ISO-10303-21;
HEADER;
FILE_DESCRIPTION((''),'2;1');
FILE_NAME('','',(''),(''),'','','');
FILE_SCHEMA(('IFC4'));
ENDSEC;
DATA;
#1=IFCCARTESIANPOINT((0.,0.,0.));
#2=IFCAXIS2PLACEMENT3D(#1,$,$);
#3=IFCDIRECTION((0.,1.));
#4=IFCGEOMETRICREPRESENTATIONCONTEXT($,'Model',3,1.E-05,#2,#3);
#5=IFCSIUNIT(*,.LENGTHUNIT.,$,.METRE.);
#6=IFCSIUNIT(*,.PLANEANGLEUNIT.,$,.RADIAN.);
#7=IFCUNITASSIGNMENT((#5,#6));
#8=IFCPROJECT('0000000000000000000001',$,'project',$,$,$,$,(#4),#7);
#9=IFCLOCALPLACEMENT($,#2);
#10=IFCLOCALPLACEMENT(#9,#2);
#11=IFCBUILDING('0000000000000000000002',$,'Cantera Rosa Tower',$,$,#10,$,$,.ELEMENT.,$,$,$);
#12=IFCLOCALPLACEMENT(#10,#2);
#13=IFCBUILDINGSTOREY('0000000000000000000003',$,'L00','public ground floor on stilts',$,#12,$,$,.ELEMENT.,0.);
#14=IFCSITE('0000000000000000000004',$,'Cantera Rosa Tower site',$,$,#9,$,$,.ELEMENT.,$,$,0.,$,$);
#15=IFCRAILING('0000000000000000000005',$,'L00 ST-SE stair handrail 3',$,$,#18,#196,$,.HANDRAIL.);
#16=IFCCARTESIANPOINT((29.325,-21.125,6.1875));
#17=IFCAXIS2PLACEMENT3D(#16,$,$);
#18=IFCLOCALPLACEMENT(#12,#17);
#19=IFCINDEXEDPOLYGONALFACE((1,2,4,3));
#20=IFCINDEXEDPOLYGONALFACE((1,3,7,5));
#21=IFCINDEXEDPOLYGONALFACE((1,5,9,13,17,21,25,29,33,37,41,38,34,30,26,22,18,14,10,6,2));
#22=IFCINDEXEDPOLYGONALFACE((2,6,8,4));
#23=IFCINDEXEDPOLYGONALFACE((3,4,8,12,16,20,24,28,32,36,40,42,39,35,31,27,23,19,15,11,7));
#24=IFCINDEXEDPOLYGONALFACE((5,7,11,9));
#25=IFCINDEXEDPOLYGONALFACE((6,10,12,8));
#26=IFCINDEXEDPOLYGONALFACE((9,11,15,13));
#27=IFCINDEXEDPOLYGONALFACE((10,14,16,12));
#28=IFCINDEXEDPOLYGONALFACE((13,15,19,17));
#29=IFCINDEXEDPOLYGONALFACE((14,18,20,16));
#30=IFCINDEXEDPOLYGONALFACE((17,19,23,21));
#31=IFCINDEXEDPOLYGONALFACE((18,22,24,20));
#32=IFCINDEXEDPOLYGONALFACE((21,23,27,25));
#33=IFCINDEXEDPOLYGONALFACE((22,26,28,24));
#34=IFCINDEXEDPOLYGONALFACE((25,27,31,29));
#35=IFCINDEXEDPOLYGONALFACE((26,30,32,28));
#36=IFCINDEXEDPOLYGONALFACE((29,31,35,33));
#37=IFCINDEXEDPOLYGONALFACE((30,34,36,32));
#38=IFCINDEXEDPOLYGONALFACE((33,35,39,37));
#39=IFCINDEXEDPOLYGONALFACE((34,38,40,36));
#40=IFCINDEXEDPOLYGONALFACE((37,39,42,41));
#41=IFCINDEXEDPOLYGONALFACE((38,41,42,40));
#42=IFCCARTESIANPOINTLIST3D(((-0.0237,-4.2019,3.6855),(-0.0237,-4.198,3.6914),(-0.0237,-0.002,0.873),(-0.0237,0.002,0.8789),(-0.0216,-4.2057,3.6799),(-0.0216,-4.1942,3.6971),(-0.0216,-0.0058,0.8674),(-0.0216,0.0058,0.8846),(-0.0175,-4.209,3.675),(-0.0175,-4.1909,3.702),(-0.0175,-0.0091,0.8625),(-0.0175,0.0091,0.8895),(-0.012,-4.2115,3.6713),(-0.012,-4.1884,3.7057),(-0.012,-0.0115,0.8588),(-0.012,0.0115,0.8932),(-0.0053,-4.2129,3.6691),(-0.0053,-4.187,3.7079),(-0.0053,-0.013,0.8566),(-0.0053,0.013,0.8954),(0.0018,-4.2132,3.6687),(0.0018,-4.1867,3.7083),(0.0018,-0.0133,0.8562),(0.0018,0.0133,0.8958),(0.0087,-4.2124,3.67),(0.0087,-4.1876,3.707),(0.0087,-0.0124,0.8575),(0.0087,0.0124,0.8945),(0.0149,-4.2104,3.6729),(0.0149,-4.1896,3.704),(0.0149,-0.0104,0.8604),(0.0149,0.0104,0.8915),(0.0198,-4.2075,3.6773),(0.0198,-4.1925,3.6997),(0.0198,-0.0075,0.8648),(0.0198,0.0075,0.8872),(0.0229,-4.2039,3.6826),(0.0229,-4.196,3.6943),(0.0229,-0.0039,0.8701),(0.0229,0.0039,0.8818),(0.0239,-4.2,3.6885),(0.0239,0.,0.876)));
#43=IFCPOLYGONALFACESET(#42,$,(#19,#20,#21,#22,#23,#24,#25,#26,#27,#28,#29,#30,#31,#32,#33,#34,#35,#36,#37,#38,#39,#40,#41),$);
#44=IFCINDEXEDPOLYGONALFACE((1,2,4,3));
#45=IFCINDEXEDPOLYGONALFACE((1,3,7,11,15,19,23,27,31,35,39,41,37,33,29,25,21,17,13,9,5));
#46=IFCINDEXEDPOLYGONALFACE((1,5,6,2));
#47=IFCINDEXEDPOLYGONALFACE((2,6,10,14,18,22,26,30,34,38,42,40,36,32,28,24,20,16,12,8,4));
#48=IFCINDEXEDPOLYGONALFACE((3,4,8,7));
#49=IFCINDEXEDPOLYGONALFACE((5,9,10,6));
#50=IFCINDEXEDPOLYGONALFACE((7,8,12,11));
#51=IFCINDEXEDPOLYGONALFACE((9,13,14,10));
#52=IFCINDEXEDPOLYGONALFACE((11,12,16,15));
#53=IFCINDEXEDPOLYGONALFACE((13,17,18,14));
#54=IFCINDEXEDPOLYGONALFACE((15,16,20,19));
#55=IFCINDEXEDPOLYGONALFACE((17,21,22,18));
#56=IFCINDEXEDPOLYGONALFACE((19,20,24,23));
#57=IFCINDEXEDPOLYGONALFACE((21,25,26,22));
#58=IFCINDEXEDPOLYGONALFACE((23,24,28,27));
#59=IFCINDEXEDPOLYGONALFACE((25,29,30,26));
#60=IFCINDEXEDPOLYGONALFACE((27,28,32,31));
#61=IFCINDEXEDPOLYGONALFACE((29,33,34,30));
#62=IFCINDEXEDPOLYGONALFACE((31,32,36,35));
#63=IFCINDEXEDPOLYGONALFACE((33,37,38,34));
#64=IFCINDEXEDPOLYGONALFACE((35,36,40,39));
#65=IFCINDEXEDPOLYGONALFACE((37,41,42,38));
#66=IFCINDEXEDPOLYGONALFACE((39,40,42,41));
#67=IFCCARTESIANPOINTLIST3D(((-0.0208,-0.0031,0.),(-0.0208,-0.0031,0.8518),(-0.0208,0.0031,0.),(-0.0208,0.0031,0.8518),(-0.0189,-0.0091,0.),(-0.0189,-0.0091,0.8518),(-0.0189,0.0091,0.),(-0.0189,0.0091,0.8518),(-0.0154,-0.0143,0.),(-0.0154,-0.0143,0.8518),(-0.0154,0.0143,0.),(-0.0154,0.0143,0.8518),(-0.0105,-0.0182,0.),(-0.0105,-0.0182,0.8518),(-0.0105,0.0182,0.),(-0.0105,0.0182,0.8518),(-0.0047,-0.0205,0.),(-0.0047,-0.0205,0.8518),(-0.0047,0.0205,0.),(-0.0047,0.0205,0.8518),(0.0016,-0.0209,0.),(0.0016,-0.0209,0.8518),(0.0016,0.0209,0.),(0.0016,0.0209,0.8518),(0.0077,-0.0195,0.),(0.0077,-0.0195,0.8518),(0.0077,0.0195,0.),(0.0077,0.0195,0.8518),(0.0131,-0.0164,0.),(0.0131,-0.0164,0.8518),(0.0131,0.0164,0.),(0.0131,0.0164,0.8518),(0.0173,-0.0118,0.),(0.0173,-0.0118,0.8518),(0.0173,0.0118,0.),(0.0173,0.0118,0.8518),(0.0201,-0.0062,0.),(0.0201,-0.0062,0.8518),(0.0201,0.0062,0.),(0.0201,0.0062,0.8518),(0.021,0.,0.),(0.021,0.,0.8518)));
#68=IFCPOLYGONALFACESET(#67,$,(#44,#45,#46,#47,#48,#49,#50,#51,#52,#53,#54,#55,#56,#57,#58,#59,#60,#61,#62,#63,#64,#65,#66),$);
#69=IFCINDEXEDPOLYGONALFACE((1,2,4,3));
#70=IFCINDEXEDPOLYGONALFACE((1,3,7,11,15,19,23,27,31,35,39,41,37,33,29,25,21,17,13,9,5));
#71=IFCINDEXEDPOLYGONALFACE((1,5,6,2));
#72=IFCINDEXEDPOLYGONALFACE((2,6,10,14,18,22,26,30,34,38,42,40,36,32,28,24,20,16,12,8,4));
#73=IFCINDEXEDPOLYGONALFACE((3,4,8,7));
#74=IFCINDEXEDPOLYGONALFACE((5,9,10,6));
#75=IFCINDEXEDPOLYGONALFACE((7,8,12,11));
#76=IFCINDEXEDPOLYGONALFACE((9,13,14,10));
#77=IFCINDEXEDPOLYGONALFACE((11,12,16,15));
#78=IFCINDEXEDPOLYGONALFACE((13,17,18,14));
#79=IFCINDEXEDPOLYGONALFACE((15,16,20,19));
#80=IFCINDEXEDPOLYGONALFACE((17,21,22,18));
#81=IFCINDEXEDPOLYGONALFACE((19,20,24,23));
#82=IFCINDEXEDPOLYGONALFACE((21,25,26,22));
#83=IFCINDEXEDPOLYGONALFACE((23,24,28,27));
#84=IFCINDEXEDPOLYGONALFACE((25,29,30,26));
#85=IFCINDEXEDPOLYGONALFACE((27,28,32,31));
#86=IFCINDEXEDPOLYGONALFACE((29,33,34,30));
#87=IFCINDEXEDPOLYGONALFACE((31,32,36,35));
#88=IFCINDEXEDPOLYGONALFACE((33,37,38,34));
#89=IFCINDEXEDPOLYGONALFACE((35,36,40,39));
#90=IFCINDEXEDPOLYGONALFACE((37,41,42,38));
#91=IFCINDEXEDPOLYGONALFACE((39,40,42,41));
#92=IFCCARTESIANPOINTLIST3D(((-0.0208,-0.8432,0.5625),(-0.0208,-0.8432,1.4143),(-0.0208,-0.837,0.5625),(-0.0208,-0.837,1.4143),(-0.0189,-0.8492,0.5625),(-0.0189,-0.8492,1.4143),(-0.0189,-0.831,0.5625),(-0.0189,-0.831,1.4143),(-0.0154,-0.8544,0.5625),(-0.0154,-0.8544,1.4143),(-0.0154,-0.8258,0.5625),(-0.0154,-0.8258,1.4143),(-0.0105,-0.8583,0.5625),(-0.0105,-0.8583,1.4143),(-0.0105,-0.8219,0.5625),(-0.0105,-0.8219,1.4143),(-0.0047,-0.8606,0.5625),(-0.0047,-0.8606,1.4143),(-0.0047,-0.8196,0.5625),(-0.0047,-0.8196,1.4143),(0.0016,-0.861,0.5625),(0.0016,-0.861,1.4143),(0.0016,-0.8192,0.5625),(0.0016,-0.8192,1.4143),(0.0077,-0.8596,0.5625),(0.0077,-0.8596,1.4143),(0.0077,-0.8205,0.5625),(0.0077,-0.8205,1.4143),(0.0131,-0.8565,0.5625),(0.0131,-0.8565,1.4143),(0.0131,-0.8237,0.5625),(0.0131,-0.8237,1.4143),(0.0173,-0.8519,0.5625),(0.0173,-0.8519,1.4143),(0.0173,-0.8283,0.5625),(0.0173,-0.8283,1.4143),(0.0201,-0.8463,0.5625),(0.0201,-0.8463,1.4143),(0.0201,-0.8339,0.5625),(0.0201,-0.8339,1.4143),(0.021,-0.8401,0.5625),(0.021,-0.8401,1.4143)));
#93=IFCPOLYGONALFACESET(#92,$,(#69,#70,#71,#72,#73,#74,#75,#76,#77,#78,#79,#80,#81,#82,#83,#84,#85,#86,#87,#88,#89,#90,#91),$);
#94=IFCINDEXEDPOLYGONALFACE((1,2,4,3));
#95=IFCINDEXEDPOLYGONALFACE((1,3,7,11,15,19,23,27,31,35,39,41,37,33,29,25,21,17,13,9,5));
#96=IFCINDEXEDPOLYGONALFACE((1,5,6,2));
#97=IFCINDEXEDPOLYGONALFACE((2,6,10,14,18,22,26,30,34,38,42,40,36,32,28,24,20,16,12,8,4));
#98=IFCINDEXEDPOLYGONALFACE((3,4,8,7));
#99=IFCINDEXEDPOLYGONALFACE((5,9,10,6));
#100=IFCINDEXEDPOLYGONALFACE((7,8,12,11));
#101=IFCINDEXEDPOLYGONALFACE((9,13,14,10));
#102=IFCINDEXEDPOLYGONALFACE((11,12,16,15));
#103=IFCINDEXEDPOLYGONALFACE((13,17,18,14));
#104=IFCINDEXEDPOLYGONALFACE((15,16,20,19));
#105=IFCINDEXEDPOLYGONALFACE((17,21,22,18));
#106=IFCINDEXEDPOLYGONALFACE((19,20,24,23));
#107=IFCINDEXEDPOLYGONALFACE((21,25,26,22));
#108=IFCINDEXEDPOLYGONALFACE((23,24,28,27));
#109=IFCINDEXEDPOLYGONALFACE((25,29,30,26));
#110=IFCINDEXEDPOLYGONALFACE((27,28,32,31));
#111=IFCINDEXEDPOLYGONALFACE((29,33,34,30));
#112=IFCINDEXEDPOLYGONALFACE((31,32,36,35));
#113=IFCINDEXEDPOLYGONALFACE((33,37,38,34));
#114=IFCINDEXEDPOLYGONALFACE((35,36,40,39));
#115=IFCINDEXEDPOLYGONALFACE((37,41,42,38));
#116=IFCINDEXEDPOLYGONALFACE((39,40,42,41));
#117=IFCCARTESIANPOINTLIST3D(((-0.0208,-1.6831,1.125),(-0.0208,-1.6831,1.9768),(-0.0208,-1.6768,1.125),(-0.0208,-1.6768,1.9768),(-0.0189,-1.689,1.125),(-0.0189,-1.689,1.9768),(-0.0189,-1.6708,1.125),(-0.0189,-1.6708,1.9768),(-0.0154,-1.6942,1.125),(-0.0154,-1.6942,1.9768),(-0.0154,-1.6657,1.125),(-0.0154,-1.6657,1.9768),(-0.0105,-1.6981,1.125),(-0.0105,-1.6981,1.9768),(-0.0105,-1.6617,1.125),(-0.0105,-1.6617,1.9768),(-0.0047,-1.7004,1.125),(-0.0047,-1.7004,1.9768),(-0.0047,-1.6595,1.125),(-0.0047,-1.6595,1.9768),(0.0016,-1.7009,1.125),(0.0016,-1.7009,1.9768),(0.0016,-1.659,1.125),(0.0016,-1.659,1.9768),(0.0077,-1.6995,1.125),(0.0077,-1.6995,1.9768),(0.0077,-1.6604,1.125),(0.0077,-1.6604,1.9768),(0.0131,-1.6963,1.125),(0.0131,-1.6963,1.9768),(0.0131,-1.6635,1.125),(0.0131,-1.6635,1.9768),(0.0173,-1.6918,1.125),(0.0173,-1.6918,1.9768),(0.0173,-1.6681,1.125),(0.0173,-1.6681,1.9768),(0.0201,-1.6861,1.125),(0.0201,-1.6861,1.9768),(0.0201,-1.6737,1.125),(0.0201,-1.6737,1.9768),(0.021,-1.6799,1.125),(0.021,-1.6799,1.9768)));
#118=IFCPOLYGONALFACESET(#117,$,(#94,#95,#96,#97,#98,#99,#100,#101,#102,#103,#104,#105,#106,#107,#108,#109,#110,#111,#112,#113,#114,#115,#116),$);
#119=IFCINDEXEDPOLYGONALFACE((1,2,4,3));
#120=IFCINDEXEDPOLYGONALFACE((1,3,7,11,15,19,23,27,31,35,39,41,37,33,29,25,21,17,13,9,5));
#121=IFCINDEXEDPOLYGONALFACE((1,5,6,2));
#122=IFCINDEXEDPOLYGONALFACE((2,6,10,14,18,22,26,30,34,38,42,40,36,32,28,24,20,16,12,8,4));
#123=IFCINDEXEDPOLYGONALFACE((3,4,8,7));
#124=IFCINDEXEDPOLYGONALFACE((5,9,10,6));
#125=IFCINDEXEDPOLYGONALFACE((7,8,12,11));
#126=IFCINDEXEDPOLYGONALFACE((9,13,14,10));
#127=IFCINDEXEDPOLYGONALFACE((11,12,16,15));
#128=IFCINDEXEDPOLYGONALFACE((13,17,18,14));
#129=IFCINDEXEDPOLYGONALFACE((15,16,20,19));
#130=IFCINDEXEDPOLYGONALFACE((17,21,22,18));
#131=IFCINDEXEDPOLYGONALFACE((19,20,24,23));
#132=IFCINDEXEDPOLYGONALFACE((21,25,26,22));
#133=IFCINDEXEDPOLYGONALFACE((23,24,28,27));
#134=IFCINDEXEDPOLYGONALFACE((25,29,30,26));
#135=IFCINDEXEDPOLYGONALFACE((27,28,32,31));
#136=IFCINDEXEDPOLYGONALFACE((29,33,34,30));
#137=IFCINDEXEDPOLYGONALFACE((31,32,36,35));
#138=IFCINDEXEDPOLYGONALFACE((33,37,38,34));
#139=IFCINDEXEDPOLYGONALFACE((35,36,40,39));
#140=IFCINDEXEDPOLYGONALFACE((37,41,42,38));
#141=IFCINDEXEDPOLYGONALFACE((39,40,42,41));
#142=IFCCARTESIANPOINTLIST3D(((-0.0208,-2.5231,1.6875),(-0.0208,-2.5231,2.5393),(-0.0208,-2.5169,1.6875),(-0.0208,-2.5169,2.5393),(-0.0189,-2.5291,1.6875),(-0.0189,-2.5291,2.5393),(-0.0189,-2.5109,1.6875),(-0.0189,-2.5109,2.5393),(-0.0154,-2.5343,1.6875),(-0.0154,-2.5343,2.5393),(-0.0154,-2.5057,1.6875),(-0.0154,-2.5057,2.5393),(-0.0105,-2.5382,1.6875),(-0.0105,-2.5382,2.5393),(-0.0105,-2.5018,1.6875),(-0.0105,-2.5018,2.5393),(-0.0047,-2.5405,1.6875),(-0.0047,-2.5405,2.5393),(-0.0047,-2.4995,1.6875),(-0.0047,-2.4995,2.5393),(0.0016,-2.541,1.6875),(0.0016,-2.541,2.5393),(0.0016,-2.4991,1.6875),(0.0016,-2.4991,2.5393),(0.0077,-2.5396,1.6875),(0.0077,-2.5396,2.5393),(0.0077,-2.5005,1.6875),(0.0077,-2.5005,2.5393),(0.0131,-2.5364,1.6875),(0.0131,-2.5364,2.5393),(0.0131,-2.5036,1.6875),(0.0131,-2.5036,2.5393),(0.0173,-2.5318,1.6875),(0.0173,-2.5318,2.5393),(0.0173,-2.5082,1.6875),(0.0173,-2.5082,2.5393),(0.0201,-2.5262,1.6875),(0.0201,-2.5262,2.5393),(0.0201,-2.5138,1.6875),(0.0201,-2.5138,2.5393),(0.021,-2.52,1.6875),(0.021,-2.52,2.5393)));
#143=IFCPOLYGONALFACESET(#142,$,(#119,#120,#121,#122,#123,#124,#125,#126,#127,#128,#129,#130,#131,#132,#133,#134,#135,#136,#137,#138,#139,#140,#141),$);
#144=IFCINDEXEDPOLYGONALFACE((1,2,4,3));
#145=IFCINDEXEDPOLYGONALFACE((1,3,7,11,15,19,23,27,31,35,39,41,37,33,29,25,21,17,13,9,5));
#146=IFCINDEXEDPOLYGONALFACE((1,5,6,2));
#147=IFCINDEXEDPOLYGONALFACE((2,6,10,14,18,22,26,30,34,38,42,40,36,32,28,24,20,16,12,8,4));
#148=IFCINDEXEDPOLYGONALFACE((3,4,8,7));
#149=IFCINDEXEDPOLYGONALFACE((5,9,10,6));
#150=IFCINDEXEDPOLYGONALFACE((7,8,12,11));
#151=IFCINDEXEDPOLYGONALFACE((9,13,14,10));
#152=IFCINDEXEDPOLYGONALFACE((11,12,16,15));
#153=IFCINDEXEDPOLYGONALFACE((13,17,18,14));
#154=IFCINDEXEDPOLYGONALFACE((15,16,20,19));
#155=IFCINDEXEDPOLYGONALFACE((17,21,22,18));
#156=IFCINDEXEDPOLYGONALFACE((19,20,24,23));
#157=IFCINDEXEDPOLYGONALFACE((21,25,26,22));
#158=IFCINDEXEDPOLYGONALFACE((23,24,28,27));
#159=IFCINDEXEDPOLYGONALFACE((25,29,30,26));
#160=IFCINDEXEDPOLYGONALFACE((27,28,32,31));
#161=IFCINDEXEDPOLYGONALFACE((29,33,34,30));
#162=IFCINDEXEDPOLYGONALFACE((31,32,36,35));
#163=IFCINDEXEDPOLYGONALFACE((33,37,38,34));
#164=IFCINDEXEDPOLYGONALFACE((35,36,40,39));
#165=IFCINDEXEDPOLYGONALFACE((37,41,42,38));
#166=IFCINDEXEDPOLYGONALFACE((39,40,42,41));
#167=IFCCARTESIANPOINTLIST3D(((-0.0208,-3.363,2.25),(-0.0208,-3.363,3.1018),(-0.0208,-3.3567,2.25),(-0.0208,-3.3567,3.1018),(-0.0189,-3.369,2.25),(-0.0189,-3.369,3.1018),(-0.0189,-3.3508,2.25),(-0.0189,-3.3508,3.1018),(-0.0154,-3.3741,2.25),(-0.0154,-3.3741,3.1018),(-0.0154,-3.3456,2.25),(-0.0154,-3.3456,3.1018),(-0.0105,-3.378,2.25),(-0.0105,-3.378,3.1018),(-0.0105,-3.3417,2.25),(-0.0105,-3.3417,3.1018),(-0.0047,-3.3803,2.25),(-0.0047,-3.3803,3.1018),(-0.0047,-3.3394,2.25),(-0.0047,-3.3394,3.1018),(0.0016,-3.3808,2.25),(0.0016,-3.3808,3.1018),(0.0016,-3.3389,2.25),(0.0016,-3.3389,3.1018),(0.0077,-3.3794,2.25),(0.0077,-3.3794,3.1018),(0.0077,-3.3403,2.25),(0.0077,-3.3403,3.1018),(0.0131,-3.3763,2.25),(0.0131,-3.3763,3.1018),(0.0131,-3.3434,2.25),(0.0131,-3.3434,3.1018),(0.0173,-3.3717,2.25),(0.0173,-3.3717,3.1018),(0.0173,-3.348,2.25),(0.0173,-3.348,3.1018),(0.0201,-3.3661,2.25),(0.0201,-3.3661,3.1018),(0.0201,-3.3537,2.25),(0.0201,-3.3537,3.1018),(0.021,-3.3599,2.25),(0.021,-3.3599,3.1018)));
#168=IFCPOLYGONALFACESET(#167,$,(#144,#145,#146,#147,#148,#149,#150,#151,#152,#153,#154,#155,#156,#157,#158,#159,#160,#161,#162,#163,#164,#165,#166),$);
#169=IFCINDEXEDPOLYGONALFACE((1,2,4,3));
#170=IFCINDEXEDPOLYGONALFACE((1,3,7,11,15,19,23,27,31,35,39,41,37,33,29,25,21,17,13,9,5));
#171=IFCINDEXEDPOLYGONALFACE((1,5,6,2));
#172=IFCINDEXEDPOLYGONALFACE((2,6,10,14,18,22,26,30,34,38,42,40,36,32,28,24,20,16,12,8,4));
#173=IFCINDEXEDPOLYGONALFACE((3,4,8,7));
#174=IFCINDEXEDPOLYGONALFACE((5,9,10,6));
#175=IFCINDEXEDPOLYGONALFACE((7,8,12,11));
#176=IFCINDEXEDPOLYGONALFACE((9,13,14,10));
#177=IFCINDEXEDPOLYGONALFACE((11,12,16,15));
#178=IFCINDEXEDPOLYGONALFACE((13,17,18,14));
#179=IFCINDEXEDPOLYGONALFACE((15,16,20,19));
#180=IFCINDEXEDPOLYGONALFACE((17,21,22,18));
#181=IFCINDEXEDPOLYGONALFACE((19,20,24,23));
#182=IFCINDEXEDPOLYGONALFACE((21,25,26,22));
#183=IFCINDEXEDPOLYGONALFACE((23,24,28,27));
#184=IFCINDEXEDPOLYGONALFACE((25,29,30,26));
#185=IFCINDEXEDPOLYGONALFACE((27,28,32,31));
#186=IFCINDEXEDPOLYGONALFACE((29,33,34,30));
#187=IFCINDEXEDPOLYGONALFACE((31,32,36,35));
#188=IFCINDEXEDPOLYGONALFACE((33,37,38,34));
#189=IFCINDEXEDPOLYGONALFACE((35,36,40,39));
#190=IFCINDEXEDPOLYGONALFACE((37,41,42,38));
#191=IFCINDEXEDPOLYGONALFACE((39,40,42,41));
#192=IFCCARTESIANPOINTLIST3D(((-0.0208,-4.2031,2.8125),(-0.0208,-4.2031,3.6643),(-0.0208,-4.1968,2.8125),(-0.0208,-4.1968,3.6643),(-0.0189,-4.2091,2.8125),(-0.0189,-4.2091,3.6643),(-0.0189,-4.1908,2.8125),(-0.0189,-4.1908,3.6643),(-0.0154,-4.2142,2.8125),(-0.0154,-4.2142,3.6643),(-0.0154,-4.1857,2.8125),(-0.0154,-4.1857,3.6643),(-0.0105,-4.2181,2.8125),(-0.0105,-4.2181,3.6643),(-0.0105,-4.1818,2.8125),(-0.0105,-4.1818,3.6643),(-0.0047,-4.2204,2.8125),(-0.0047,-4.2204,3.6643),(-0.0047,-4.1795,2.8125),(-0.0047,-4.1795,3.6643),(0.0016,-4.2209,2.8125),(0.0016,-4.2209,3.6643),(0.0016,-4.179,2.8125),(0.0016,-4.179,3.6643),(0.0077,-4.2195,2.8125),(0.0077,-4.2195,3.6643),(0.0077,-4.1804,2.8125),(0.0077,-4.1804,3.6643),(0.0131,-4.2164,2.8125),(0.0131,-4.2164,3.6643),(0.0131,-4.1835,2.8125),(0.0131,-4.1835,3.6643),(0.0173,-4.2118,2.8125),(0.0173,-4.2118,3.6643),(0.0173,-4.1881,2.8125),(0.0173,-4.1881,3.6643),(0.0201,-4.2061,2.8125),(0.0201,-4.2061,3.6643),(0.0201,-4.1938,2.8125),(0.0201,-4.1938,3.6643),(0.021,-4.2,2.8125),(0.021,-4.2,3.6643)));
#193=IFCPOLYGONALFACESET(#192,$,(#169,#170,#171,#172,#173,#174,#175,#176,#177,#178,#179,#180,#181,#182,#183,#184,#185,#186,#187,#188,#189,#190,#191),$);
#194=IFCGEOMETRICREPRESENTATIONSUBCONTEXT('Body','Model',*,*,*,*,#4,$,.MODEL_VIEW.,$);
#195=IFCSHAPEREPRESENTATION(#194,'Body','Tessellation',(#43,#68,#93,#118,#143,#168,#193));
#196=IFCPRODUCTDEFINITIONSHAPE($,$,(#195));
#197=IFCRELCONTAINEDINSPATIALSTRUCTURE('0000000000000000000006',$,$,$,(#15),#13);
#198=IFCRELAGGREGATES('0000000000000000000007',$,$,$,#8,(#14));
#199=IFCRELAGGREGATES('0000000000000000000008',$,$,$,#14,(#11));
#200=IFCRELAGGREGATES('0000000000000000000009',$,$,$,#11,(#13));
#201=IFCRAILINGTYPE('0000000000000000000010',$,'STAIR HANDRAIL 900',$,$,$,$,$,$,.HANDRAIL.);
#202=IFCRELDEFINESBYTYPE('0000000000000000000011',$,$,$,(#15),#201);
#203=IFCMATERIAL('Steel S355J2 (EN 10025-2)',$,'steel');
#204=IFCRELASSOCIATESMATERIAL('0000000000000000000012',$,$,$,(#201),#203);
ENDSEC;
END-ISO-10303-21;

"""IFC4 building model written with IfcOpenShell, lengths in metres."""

from ifc_helpers import new_model, si_unit, direction, frame, origin, origin_2d, place, context, subcontext, project, spatial, circle, extrude, material, type_object, element, save


model = new_model("IFC4")

# Units and contexts
model_context = context("Model", 3, precision=1e-05, world=origin(), true_north=direction((0.0, 1.0)))
body_context = subcontext(model_context, "Body", "Model", "MODEL_VIEW")
ifc_project = project(units=[si_unit("LENGTHUNIT", "METRE"), si_unit("PLANEANGLEUNIT", "RADIAN")], contexts=[model_context])

# Site, building, storey
site_placement = place(None, origin())
site = spatial("IfcSite", under=ifc_project, at=site_placement, Name="Cantera Rosa Tower site", CompositionType="ELEMENT", RefElevation=0.0)
building_placement = place(site_placement, origin())
building = spatial("IfcBuilding", under=site, at=building_placement, Name="Cantera Rosa Tower", CompositionType="ELEMENT")
storey_placement = place(building_placement, origin())
storey = spatial("IfcBuildingStorey", under=building, at=storey_placement, Name="L00", Description="public ground floor on stilts", CompositionType="ELEMENT", Elevation=0.0)

# Railing
ifc_material_1 = material(Name="Steel S355J2 (EN 10025-2)", Category="steel")
railing_type_1 = type_object("IfcRailingType", Name="STAIR HANDRAIL 900", PredefinedType="HANDRAIL", material=ifc_material_1)
railing_1_placement = place(storey_placement, frame((29.325, -21.125, 6.1875)))
element("IfcRailing", 1, at=railing_1_placement, inside=storey, type_object=railing_type_1, Name="L00 ST-SE stair handrail 3", PredefinedType="HANDRAIL", context=body_context, shape_type="SweptSolid", body=[
    extrude(circle(Radius=0.0239, at=origin_2d()), frame((0.0, 0.0, 0.876), z_axis=(0.0, -0.830904, 0.556416), x_axis=(1.0, 0.0, 0.0)), (0.0, 0.0, 1.0), 5.0547),
    extrude(circle(Radius=0.021, at=origin_2d()), origin(), (0.0, 0.0, 1.0), 0.8518),
    extrude(circle(Radius=0.021, at=origin_2d()), frame((0.0, -0.8401, 0.5625)), (0.0, 0.0, 1.0), 0.8518),
    extrude(circle(Radius=0.021, at=origin_2d()), frame((0.0, -1.6799, 1.125)), (0.0, 0.0, 1.0), 0.8518),
    extrude(circle(Radius=0.021, at=origin_2d()), frame((0.0, -2.52, 1.6875)), (0.0, 0.0, 1.0), 0.8518),
    extrude(circle(Radius=0.021, at=origin_2d()), frame((0.0, -3.3599, 2.25)), (0.0, 0.0, 1.0), 0.8518),
    extrude(circle(Radius=0.021, at=origin_2d()), frame((0.0, -4.2, 2.8125)), (0.0, 0.0, 1.0), 0.8518),
])

save(model, "model.ifc")
